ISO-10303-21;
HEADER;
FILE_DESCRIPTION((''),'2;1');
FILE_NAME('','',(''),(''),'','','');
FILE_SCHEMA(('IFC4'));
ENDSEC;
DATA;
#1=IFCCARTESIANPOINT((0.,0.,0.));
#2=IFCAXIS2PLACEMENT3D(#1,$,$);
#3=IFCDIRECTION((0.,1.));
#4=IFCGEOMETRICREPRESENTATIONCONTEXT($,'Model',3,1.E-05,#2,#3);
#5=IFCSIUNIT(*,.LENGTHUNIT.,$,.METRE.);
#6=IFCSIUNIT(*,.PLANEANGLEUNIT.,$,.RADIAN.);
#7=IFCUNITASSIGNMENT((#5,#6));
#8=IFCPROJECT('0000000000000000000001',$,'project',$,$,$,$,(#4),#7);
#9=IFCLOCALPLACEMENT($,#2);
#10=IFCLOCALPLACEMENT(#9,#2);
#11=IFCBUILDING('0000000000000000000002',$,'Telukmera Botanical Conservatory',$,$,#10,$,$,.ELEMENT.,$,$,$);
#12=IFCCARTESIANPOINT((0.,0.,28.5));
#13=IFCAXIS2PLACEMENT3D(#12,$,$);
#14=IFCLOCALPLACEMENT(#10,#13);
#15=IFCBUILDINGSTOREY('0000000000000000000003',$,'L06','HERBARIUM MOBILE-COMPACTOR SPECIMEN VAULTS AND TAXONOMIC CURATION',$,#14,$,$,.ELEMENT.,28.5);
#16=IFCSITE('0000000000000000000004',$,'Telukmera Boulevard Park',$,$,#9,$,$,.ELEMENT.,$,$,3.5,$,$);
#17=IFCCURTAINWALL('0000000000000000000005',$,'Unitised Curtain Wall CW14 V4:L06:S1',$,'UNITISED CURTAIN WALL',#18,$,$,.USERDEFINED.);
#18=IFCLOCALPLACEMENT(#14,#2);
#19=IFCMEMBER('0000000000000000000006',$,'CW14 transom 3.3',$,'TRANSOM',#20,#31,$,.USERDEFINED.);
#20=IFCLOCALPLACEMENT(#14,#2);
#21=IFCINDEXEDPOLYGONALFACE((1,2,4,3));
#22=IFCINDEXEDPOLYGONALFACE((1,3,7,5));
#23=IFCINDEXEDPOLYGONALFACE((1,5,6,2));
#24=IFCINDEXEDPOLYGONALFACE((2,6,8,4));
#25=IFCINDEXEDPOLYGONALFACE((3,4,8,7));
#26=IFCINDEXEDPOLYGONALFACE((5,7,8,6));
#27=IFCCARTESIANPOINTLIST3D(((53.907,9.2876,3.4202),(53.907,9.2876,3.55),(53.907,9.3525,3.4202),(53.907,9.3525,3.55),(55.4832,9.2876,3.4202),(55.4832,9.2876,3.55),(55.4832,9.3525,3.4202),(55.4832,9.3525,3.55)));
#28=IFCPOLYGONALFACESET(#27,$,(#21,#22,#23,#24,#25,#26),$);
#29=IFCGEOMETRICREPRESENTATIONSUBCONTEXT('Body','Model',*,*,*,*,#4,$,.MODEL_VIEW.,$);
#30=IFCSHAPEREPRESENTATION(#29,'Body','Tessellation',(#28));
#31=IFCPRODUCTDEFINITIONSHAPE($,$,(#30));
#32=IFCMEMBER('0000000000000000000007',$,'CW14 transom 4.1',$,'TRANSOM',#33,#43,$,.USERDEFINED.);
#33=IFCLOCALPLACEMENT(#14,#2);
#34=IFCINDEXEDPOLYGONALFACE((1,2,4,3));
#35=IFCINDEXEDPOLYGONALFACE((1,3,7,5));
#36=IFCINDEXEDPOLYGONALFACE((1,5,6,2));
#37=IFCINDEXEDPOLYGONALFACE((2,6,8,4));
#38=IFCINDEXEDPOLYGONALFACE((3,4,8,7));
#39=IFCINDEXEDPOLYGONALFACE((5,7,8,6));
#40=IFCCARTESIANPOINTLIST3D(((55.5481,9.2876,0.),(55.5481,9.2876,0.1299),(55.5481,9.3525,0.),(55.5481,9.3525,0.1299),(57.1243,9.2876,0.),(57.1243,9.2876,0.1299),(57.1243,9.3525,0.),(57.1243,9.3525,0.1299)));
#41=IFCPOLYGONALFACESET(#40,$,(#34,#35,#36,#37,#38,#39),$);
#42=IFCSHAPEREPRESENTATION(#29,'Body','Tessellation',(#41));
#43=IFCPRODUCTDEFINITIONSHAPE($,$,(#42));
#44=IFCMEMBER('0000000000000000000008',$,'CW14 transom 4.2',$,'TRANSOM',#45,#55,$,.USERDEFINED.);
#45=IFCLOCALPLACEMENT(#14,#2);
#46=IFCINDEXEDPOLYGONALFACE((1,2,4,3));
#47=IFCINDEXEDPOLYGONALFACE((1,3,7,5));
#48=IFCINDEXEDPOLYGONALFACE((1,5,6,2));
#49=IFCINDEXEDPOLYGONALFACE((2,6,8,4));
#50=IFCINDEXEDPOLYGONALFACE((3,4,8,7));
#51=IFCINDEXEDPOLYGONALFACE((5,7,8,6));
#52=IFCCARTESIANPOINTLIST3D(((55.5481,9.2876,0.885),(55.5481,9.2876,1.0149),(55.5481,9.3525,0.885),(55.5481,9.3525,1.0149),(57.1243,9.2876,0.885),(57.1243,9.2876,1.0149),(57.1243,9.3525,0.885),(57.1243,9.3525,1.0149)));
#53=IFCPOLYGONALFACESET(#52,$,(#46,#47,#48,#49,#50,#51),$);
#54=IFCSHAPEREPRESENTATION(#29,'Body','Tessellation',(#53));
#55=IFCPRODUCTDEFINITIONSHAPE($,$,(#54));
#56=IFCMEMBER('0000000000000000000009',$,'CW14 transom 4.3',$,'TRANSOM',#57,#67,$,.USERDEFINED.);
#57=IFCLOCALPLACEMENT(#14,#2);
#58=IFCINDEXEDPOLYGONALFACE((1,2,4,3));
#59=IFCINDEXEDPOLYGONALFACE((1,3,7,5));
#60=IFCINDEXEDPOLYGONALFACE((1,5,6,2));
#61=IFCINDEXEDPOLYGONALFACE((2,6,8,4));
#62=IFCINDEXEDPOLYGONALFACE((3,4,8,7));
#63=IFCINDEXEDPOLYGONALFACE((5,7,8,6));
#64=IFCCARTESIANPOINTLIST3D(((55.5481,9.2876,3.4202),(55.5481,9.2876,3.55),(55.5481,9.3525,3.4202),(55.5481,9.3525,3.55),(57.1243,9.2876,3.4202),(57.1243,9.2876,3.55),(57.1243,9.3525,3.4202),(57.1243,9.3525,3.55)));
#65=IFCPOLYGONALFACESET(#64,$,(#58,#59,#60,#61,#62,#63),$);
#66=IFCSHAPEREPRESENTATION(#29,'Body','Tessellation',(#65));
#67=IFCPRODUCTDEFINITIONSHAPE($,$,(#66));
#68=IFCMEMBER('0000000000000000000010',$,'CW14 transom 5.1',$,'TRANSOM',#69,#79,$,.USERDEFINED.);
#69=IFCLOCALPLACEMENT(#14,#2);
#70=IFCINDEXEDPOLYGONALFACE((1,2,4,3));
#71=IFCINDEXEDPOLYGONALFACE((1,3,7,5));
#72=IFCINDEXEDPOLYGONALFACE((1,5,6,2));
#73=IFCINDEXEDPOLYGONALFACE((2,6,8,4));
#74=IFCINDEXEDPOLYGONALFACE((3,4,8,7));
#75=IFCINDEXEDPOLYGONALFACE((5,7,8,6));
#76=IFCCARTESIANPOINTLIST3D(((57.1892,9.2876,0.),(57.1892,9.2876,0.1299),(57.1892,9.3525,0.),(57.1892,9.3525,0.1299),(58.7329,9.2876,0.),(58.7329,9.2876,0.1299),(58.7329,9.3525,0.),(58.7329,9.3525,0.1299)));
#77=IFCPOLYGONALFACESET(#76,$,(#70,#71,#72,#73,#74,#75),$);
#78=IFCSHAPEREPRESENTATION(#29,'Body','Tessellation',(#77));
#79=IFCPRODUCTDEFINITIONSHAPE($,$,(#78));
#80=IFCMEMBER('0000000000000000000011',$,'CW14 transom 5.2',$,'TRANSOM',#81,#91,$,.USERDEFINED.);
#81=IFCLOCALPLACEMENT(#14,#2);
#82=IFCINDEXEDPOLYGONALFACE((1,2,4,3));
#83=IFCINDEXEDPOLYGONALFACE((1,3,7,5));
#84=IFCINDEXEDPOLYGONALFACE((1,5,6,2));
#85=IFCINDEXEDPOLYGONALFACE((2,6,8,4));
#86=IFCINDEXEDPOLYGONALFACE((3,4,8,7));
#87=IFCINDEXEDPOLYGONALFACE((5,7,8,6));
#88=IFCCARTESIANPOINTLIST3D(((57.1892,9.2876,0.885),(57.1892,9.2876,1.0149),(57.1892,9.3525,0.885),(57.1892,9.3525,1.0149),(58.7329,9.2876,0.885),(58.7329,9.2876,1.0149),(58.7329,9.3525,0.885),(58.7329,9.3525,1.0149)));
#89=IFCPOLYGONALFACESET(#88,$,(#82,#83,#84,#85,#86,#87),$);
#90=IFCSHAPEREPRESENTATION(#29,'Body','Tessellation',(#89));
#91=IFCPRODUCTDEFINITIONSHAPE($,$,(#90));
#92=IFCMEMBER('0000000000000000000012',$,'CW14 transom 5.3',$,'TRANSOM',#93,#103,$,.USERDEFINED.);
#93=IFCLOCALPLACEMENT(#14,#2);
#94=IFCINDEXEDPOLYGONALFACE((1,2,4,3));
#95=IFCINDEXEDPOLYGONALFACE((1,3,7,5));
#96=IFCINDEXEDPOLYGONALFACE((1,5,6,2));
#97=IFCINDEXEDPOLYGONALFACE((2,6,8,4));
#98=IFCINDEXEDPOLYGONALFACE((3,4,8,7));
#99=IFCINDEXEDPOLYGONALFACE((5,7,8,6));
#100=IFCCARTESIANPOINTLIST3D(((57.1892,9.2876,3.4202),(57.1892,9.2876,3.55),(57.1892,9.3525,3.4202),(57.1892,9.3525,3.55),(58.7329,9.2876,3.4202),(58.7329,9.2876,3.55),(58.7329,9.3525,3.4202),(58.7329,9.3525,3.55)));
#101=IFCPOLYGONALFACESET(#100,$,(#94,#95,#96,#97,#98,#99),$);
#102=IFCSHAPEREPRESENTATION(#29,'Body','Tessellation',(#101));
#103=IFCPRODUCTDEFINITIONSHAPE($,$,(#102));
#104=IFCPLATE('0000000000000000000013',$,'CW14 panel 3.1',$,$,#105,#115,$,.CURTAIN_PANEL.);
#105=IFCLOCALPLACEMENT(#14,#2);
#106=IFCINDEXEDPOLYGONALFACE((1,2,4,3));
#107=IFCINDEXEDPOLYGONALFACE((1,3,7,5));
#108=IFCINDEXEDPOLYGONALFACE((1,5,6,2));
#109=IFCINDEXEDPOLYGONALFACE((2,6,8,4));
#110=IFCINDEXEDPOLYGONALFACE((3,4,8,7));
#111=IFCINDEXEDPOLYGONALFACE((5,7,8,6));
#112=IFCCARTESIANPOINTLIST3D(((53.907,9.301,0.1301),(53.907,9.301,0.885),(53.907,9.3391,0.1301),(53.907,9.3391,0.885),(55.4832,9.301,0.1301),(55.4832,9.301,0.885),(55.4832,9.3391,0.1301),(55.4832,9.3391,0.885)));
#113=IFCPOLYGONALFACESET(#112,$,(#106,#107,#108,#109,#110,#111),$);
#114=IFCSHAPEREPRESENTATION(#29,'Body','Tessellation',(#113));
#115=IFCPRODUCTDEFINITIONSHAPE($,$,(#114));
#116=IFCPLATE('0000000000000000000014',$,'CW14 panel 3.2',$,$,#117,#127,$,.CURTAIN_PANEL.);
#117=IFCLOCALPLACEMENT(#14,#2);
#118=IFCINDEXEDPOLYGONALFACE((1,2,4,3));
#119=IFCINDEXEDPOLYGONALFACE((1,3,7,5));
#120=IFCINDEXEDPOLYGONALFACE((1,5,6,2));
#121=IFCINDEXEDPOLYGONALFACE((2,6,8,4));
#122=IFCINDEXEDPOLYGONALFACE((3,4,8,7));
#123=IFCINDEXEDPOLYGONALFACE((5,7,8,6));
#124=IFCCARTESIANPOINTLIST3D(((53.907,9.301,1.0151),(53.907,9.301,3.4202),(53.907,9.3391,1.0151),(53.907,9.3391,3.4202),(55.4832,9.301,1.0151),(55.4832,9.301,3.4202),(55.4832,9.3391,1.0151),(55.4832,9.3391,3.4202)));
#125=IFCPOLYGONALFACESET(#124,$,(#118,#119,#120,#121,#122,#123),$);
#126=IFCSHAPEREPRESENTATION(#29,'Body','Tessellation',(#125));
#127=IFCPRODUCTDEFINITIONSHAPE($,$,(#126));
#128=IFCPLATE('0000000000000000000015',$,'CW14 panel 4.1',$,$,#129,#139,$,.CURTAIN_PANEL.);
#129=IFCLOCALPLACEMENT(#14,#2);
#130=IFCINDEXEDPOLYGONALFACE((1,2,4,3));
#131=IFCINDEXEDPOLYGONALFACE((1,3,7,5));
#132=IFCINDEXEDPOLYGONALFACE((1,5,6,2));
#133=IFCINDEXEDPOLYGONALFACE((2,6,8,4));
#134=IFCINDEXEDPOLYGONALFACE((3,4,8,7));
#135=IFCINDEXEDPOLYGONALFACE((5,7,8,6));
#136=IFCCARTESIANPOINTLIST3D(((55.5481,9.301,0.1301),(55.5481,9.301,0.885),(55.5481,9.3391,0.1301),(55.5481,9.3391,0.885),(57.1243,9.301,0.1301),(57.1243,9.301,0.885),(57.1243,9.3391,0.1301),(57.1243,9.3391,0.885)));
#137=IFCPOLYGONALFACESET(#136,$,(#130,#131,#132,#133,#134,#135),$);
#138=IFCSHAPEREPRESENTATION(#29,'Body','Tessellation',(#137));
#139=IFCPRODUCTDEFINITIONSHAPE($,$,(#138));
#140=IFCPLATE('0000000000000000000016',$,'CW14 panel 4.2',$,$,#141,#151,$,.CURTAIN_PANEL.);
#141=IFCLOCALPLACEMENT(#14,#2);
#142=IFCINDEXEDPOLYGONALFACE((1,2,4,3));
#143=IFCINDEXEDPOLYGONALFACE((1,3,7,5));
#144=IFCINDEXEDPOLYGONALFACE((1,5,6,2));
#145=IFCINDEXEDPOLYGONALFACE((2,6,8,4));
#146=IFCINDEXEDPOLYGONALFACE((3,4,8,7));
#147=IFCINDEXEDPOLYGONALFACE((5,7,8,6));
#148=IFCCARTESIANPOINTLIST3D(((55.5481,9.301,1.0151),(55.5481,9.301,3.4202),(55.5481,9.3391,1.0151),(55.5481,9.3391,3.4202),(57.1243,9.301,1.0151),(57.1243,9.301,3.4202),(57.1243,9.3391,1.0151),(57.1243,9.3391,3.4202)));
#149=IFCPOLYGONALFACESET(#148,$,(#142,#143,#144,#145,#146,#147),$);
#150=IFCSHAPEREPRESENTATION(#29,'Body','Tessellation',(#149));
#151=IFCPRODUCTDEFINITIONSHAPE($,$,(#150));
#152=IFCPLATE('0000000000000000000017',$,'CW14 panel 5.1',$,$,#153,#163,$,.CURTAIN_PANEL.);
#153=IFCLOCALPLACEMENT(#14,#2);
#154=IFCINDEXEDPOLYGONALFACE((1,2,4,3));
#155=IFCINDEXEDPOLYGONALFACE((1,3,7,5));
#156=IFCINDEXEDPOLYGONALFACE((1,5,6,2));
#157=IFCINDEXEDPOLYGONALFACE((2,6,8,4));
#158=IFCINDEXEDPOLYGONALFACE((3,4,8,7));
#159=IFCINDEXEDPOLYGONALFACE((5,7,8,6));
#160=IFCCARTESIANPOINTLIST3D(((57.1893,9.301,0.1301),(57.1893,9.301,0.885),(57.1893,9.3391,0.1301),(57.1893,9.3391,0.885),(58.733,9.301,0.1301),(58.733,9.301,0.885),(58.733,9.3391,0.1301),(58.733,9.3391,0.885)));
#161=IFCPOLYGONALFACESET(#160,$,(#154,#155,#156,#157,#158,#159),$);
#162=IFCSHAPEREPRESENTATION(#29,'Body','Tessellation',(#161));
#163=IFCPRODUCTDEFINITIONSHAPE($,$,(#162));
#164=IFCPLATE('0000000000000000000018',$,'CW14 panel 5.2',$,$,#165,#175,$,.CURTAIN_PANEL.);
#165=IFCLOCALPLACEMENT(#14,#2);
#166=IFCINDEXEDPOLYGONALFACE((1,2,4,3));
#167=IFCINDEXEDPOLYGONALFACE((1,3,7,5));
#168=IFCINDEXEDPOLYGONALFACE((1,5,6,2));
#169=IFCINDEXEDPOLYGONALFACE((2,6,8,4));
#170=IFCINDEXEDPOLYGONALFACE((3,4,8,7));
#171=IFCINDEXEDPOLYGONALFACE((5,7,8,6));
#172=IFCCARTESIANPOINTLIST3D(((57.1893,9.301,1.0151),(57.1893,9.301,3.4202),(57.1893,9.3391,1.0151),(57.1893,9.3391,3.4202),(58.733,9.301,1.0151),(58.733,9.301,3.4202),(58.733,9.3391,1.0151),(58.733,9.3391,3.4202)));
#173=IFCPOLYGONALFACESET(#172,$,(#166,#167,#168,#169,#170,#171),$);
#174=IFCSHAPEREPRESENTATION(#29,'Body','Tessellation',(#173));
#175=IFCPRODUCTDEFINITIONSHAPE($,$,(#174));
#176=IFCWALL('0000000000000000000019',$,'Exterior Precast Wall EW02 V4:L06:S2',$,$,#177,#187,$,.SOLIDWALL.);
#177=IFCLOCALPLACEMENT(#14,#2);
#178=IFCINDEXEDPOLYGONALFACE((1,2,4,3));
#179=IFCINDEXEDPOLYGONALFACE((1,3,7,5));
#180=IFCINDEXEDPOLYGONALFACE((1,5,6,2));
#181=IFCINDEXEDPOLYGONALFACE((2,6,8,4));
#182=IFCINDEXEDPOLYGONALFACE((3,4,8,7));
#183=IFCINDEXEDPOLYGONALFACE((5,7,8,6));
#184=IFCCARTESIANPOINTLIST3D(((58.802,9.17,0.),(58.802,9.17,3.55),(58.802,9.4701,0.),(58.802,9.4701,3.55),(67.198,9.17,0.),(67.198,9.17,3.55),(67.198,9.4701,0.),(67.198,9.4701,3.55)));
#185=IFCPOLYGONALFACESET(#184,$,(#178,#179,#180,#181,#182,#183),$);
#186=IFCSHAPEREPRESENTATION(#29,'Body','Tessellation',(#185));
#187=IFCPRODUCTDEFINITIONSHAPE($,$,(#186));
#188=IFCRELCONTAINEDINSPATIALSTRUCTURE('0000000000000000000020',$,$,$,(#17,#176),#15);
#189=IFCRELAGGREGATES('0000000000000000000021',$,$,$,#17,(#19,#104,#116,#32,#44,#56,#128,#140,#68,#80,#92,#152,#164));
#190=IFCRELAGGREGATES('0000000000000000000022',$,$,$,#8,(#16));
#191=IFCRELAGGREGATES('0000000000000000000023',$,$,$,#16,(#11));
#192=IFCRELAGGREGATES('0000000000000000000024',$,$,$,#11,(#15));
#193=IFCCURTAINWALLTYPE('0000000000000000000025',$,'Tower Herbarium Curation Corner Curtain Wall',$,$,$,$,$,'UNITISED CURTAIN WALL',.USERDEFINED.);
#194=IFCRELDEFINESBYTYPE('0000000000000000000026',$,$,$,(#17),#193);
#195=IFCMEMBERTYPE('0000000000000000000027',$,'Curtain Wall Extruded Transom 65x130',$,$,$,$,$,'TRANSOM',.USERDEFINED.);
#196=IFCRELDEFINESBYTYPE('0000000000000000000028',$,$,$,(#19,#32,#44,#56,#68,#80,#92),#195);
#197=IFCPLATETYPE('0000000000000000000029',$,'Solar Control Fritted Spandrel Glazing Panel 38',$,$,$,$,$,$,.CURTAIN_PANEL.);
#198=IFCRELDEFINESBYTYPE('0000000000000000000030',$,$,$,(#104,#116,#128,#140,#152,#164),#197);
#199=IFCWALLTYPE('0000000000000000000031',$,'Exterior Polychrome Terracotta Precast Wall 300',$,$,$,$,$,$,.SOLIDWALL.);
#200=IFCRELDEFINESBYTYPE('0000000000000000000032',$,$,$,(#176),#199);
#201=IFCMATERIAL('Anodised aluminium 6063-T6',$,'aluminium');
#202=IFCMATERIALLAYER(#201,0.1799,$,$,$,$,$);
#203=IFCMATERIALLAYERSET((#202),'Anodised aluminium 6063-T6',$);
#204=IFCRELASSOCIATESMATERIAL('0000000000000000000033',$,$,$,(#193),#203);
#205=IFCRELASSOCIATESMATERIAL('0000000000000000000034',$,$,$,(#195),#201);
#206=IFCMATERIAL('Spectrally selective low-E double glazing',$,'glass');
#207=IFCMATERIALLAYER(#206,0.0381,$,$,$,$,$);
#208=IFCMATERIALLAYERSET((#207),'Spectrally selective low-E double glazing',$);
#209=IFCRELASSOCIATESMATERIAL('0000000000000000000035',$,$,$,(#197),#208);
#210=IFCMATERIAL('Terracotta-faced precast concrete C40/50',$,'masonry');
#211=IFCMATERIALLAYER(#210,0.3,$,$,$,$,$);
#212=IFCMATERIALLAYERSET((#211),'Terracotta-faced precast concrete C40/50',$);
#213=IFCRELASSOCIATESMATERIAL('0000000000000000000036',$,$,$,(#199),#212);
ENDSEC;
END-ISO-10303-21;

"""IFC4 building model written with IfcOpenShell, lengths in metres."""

from ifc_helpers import new_model, si_unit, direction, frame, frame_2d, origin, origin_2d, place, context, subcontext, project, spatial, rectangle, extrude, material, layer, layer_set, material_profile, profile_set, type_object, element, aggregate, save


model = new_model("IFC4")

# Units and contexts
model_context = context("Model", 3, precision=1e-05, world=origin(), true_north=direction((0.0, 1.0)))
body_context = subcontext(model_context, "Body", "Model", "MODEL_VIEW")
ifc_project = project(units=[si_unit("LENGTHUNIT", "METRE"), si_unit("PLANEANGLEUNIT", "RADIAN")], contexts=[model_context])

# Site, building, storey
site_placement = place(None, origin())
site = spatial("IfcSite", under=ifc_project, at=site_placement, Name="Telukmera Boulevard Park", CompositionType="ELEMENT", RefElevation=3.5)
building_placement = place(site_placement, origin())
building = spatial("IfcBuilding", under=site, at=building_placement, Name="Telukmera Botanical Conservatory", CompositionType="ELEMENT")
storey_placement = place(building_placement, frame((0.0, 0.0, 28.5)))
storey = spatial("IfcBuildingStorey", under=building, at=storey_placement, Name="L06", Description="HERBARIUM MOBILE-COMPACTOR SPECIMEN VAULTS AND TAXONOMIC CURATION", CompositionType="ELEMENT", Elevation=28.5)

# Curtain wall, members, plates
ifc_material_1 = material(Name="Anodised aluminium 6063-T6", Category="aluminium")
ifc_layer_1 = layer(ifc_material_1, 0.1799)
ifc_layer_set_1 = layer_set([ifc_layer_1], Name="Anodised aluminium 6063-T6")
curtain_wall_type = type_object("IfcCurtainWallType", Name="Tower Herbarium Curation Corner Curtain Wall", ElementType="UNITISED CURTAIN WALL", PredefinedType="USERDEFINED", material=ifc_layer_set_1)
curtain_wall_placement = place(storey_placement, origin())
curtain_wall = element("IfcCurtainWall", 1, at=curtain_wall_placement, inside=storey, type_object=curtain_wall_type, Name="Unitised Curtain Wall CW14 V4:L06:S1", ObjectType="UNITISED CURTAIN WALL", PredefinedType="USERDEFINED")
ifc_material_profile_1 = material_profile(ifc_material_1, rectangle(XDim=0.0649, YDim=0.1299, at=origin_2d()), Name="ALU TRAN 65x130")
ifc_profile_set_1 = profile_set([ifc_material_profile_1], Name="Anodised aluminium 6063-T6")
member_type_1 = type_object("IfcMemberType", Name="Curtain Wall Extruded Transom 65x130", ElementType="TRANSOM", PredefinedType="USERDEFINED", material=ifc_profile_set_1)
member_1_placement = place(storey_placement, frame((53.907, 9.3201, 3.4851), z_axis=(1.0, 0.0, 0.0), x_axis=(0.0, 1.0, 0.0)))
member_1 = element("IfcMember", 2, at=member_1_placement, type_object=member_type_1, Name="CW14 transom 3.3", ObjectType="TRANSOM", PredefinedType="USERDEFINED", context=body_context, shape_type="SweptSolid", body=[
    extrude(rectangle(XDim=0.0649, YDim=0.1299, at=origin_2d()), origin(), (0.0, 0.0, 1.0), 1.5762),
])
member_2_placement = place(storey_placement, frame((55.5481, 9.3201, 0.0649), z_axis=(1.0, 0.0, 0.0), x_axis=(0.0, 1.0, 0.0)))
member_2 = element("IfcMember", 3, at=member_2_placement, type_object=member_type_1, Name="CW14 transom 4.1", ObjectType="TRANSOM", PredefinedType="USERDEFINED", context=body_context, shape_type="SweptSolid", body=[
    extrude(rectangle(XDim=0.0649, YDim=0.1299, at=origin_2d()), origin(), (0.0, 0.0, 1.0), 1.5762),
])
member_3_placement = place(storey_placement, frame((55.5481, 9.3201, 0.95), z_axis=(1.0, 0.0, 0.0), x_axis=(0.0, 1.0, 0.0)))
member_3 = element("IfcMember", 4, at=member_3_placement, type_object=member_type_1, Name="CW14 transom 4.2", ObjectType="TRANSOM", PredefinedType="USERDEFINED", context=body_context, shape_type="SweptSolid", body=[
    extrude(rectangle(XDim=0.0649, YDim=0.1299, at=origin_2d()), origin(), (0.0, 0.0, 1.0), 1.5762),
])
member_4_placement = place(storey_placement, frame((55.5481, 9.3201, 3.4851), z_axis=(1.0, 0.0, 0.0), x_axis=(0.0, 1.0, 0.0)))
member_4 = element("IfcMember", 5, at=member_4_placement, type_object=member_type_1, Name="CW14 transom 4.3", ObjectType="TRANSOM", PredefinedType="USERDEFINED", context=body_context, shape_type="SweptSolid", body=[
    extrude(rectangle(XDim=0.0649, YDim=0.1299, at=origin_2d()), origin(), (0.0, 0.0, 1.0), 1.5762),
])
member_5_placement = place(storey_placement, frame((57.1892, 9.3201, 0.0649), z_axis=(1.0, 0.0, 0.0), x_axis=(0.0, 1.0, 0.0)))
member_5 = element("IfcMember", 6, at=member_5_placement, type_object=member_type_1, Name="CW14 transom 5.1", ObjectType="TRANSOM", PredefinedType="USERDEFINED", context=body_context, shape_type="SweptSolid", body=[
    extrude(rectangle(XDim=0.0649, YDim=0.1299, at=origin_2d()), origin(), (0.0, 0.0, 1.0), 1.5437),
])
member_6_placement = place(storey_placement, frame((57.1892, 9.3201, 0.95), z_axis=(1.0, 0.0, 0.0), x_axis=(0.0, 1.0, 0.0)))
member_6 = element("IfcMember", 7, at=member_6_placement, type_object=member_type_1, Name="CW14 transom 5.2", ObjectType="TRANSOM", PredefinedType="USERDEFINED", context=body_context, shape_type="SweptSolid", body=[
    extrude(rectangle(XDim=0.0649, YDim=0.1299, at=origin_2d()), origin(), (0.0, 0.0, 1.0), 1.5437),
])
member_7_placement = place(storey_placement, frame((57.1892, 9.3201, 3.4851), z_axis=(1.0, 0.0, 0.0), x_axis=(0.0, 1.0, 0.0)))
member_7 = element("IfcMember", 8, at=member_7_placement, type_object=member_type_1, Name="CW14 transom 5.3", ObjectType="TRANSOM", PredefinedType="USERDEFINED", context=body_context, shape_type="SweptSolid", body=[
    extrude(rectangle(XDim=0.0649, YDim=0.1299, at=origin_2d()), origin(), (0.0, 0.0, 1.0), 1.5437),
])
ifc_material_2 = material(Name="Spectrally selective low-E double glazing", Category="glass")
ifc_layer_2 = layer(ifc_material_2, 0.0381)
ifc_layer_set_2 = layer_set([ifc_layer_2], Name="Spectrally selective low-E double glazing")
plate_type = type_object("IfcPlateType", Name="Solar Control Fritted Spandrel Glazing Panel 38", PredefinedType="CURTAIN_PANEL", material=ifc_layer_set_2)
plate_1_placement = place(storey_placement, frame((54.6951, 9.3201, 0.1301), z_axis=(0.0, 0.0, 1.0), x_axis=(1.0, 0.0, 0.0)))
plate_1 = element("IfcPlate", 9, at=plate_1_placement, type_object=plate_type, Name="CW14 panel 3.1", PredefinedType="CURTAIN_PANEL", context=body_context, shape_type="SweptSolid", body=[
    extrude(rectangle(XDim=1.5762, YDim=0.0381, at=origin_2d()), origin(), (0.0, 0.0, 1.0), 0.7549),
])
plate_2_placement = place(storey_placement, frame((54.6951, 9.3201, 1.0151), z_axis=(0.0, 0.0, 1.0), x_axis=(1.0, 0.0, 0.0)))
plate_2 = element("IfcPlate", 10, at=plate_2_placement, type_object=plate_type, Name="CW14 panel 3.2", PredefinedType="CURTAIN_PANEL", context=body_context, shape_type="SweptSolid", body=[
    extrude(rectangle(XDim=1.5762, YDim=0.0381, at=origin_2d()), origin(), (0.0, 0.0, 1.0), 2.405),
])
plate_3_placement = place(storey_placement, frame((56.3362, 9.3201, 0.1301), z_axis=(0.0, 0.0, 1.0), x_axis=(1.0, 0.0, 0.0)))
plate_3 = element("IfcPlate", 11, at=plate_3_placement, type_object=plate_type, Name="CW14 panel 4.1", PredefinedType="CURTAIN_PANEL", context=body_context, shape_type="SweptSolid", body=[
    extrude(rectangle(XDim=1.5762, YDim=0.0381, at=origin_2d()), origin(), (0.0, 0.0, 1.0), 0.7549),
])
plate_4_placement = place(storey_placement, frame((56.3362, 9.3201, 1.0151), z_axis=(0.0, 0.0, 1.0), x_axis=(1.0, 0.0, 0.0)))
plate_4 = element("IfcPlate", 12, at=plate_4_placement, type_object=plate_type, Name="CW14 panel 4.2", PredefinedType="CURTAIN_PANEL", context=body_context, shape_type="SweptSolid", body=[
    extrude(rectangle(XDim=1.5762, YDim=0.0381, at=origin_2d()), origin(), (0.0, 0.0, 1.0), 2.405),
])
plate_5_placement = place(storey_placement, frame((57.9612, 9.3201, 0.1301), z_axis=(0.0, 0.0, 1.0), x_axis=(1.0, 0.0, 0.0)))
plate_5 = element("IfcPlate", 13, at=plate_5_placement, type_object=plate_type, Name="CW14 panel 5.1", PredefinedType="CURTAIN_PANEL", context=body_context, shape_type="SweptSolid", body=[
    extrude(rectangle(XDim=1.5437, YDim=0.0381, at=origin_2d()), origin(), (0.0, 0.0, 1.0), 0.7549),
])
plate_6_placement = place(storey_placement, frame((57.9612, 9.3201, 1.0151), z_axis=(0.0, 0.0, 1.0), x_axis=(1.0, 0.0, 0.0)))
plate_6 = element("IfcPlate", 14, at=plate_6_placement, type_object=plate_type, Name="CW14 panel 5.2", PredefinedType="CURTAIN_PANEL", context=body_context, shape_type="SweptSolid", body=[
    extrude(rectangle(XDim=1.5437, YDim=0.0381, at=origin_2d()), origin(), (0.0, 0.0, 1.0), 2.405),
])
aggregate(curtain_wall, [member_1, plate_1, plate_2, member_2, member_3, member_4, plate_3, plate_4, member_5, member_6, member_7, plate_5, plate_6])

# Wall
ifc_material_3 = material(Name="Terracotta-faced precast concrete C40/50", Category="masonry")
ifc_layer_3 = layer(ifc_material_3, 0.3)
ifc_layer_set_3 = layer_set([ifc_layer_3], Name="Terracotta-faced precast concrete C40/50")
wall_type_1 = type_object("IfcWallType", Name="Exterior Polychrome Terracotta Precast Wall 300", PredefinedType="SOLIDWALL", material=ifc_layer_set_3)
wall_1_placement = place(storey_placement, frame((58.802, 9.3201, 0.0), z_axis=(0.0, 0.0, 1.0), x_axis=(1.0, 0.0, 0.0)))
element("IfcWall", 15, at=wall_1_placement, inside=storey, type_object=wall_type_1, Name="Exterior Precast Wall EW02 V4:L06:S2", PredefinedType="SOLIDWALL", context=body_context, shape_type="SweptSolid", body=[
    extrude(rectangle(XDim=8.396, YDim=0.3, at=frame_2d((4.198, 0.0))), origin(), (0.0, 0.0, 1.0), 3.55),
])

save(model, "model.ifc")
